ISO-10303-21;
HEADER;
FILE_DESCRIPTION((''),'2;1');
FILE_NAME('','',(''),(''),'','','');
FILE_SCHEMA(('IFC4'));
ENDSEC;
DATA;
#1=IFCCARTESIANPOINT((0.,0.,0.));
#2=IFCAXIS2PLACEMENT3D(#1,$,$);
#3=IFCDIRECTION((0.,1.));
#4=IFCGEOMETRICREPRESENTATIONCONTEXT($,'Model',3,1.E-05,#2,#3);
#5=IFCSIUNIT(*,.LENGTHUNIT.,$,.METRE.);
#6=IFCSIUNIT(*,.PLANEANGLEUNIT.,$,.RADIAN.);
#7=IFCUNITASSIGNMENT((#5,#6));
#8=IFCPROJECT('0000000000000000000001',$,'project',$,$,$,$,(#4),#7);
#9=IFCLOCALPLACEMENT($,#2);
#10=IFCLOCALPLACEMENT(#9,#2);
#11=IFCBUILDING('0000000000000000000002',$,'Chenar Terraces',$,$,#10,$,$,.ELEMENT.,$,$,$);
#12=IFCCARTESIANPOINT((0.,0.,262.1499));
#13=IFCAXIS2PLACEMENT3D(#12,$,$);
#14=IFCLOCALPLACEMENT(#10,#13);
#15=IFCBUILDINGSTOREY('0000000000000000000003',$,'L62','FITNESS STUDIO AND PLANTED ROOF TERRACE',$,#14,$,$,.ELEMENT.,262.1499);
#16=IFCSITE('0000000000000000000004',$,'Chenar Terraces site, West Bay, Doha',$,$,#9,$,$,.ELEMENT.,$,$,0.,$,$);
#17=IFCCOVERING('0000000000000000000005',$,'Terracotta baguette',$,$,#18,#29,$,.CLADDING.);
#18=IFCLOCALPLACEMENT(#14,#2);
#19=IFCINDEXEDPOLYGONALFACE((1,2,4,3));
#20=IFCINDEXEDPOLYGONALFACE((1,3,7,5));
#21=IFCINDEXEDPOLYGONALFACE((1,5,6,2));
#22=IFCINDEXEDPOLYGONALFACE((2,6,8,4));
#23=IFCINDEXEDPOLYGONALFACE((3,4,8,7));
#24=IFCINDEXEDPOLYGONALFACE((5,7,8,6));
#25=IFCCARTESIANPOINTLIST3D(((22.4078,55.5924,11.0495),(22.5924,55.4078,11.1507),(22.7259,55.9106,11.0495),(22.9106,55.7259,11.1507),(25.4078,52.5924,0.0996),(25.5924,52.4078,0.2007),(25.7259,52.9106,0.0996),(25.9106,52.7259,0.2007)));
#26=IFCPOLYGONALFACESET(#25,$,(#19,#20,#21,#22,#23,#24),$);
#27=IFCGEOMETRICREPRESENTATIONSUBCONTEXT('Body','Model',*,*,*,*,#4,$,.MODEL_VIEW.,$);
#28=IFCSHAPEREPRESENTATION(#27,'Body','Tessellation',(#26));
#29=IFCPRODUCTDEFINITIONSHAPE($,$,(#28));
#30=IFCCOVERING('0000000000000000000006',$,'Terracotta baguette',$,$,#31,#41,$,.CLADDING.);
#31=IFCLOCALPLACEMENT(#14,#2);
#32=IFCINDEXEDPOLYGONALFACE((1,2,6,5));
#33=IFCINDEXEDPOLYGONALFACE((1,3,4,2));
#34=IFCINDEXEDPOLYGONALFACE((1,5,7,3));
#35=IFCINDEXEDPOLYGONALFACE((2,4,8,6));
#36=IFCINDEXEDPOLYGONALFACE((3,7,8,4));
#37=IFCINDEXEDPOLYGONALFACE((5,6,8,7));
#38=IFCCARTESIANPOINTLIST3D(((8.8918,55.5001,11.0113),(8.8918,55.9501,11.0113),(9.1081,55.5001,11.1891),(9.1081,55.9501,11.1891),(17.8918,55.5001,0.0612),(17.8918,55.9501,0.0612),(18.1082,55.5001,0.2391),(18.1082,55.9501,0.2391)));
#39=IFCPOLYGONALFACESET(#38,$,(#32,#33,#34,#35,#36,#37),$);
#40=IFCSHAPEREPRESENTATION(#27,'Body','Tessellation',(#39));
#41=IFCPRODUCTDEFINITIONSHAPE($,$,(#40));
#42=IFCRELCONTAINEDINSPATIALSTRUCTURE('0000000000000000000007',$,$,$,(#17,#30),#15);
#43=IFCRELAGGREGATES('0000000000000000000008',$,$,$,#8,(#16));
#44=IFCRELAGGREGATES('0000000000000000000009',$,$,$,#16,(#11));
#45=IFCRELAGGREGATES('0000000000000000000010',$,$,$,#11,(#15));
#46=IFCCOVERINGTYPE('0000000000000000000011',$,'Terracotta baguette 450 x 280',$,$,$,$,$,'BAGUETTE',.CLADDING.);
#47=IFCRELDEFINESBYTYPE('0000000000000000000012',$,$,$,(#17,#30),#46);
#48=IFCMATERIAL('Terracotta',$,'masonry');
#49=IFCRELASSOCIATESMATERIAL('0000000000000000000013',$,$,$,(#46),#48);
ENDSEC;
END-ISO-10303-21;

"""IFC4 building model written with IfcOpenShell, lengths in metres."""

from ifc_helpers import new_model, si_unit, direction, frame, origin, origin_2d, place, context, subcontext, project, spatial, rectangle, extrude, material, material_profile, profile_set, type_object, element, save


model = new_model("IFC4")

# Units and contexts
model_context = context("Model", 3, precision=1e-05, world=origin(), true_north=direction((0.0, 1.0)))
body_context = subcontext(model_context, "Body", "Model", "MODEL_VIEW")
ifc_project = project(units=[si_unit("LENGTHUNIT", "METRE"), si_unit("PLANEANGLEUNIT", "RADIAN")], contexts=[model_context])

# Site, building, storey
site_placement = place(None, origin())
site = spatial("IfcSite", under=ifc_project, at=site_placement, Name="Chenar Terraces site, West Bay, Doha", CompositionType="ELEMENT", RefElevation=0.0)
building_placement = place(site_placement, origin())
building = spatial("IfcBuilding", under=site, at=building_placement, Name="Chenar Terraces", CompositionType="ELEMENT")
storey_placement = place(building_placement, frame((0.0, 0.0, 262.1499)))
storey = spatial("IfcBuildingStorey", under=building, at=storey_placement, Name="L62", Description="FITNESS STUDIO AND PLANTED ROOF TERRACE", CompositionType="ELEMENT", Elevation=262.1499)

# Coverings
ifc_material_1 = material(Name="Terracotta", Category="masonry")
ifc_material_profile_1 = material_profile(ifc_material_1, rectangle(XDim=0.45, YDim=0.28, at=origin_2d()), Name="Terracotta baguette 450 x 280")
ifc_profile_set_1 = profile_set([ifc_material_profile_1], Name="Terracotta")
covering_type = type_object("IfcCoveringType", Name="Terracotta baguette 450 x 280", ElementType="BAGUETTE", PredefinedType="CLADDING", material=ifc_profile_set_1)
covering_1_placement = place(storey_placement, frame((25.6592, 52.6592, 0.1501), z_axis=(-0.255468, 0.255468, 0.932455), x_axis=(-0.707107, -0.707107, 0.0)))
element("IfcCovering", 1, at=covering_1_placement, inside=storey, type_object=covering_type, Name="Terracotta baguette", PredefinedType="CLADDING", context=body_context, shape_type="SweptSolid", body=[
    extrude(rectangle(XDim=0.45, YDim=0.28, at=origin_2d()), origin(), (0.0, 0.0, 1.0), 11.7432),
])
covering_2_placement = place(storey_placement, frame((18.0, 55.7251, 0.1501), z_axis=(-0.634967, 0.0, 0.772539), x_axis=(0.0, -1.0, 0.0)))
element("IfcCovering", 2, at=covering_2_placement, inside=storey, type_object=covering_type, Name="Terracotta baguette", PredefinedType="CLADDING", context=body_context, shape_type="SweptSolid", body=[
    extrude(rectangle(XDim=0.45, YDim=0.28, at=origin_2d()), origin(), (0.0, 0.0, 1.0), 14.1741),
])

save(model, "model.ifc")
